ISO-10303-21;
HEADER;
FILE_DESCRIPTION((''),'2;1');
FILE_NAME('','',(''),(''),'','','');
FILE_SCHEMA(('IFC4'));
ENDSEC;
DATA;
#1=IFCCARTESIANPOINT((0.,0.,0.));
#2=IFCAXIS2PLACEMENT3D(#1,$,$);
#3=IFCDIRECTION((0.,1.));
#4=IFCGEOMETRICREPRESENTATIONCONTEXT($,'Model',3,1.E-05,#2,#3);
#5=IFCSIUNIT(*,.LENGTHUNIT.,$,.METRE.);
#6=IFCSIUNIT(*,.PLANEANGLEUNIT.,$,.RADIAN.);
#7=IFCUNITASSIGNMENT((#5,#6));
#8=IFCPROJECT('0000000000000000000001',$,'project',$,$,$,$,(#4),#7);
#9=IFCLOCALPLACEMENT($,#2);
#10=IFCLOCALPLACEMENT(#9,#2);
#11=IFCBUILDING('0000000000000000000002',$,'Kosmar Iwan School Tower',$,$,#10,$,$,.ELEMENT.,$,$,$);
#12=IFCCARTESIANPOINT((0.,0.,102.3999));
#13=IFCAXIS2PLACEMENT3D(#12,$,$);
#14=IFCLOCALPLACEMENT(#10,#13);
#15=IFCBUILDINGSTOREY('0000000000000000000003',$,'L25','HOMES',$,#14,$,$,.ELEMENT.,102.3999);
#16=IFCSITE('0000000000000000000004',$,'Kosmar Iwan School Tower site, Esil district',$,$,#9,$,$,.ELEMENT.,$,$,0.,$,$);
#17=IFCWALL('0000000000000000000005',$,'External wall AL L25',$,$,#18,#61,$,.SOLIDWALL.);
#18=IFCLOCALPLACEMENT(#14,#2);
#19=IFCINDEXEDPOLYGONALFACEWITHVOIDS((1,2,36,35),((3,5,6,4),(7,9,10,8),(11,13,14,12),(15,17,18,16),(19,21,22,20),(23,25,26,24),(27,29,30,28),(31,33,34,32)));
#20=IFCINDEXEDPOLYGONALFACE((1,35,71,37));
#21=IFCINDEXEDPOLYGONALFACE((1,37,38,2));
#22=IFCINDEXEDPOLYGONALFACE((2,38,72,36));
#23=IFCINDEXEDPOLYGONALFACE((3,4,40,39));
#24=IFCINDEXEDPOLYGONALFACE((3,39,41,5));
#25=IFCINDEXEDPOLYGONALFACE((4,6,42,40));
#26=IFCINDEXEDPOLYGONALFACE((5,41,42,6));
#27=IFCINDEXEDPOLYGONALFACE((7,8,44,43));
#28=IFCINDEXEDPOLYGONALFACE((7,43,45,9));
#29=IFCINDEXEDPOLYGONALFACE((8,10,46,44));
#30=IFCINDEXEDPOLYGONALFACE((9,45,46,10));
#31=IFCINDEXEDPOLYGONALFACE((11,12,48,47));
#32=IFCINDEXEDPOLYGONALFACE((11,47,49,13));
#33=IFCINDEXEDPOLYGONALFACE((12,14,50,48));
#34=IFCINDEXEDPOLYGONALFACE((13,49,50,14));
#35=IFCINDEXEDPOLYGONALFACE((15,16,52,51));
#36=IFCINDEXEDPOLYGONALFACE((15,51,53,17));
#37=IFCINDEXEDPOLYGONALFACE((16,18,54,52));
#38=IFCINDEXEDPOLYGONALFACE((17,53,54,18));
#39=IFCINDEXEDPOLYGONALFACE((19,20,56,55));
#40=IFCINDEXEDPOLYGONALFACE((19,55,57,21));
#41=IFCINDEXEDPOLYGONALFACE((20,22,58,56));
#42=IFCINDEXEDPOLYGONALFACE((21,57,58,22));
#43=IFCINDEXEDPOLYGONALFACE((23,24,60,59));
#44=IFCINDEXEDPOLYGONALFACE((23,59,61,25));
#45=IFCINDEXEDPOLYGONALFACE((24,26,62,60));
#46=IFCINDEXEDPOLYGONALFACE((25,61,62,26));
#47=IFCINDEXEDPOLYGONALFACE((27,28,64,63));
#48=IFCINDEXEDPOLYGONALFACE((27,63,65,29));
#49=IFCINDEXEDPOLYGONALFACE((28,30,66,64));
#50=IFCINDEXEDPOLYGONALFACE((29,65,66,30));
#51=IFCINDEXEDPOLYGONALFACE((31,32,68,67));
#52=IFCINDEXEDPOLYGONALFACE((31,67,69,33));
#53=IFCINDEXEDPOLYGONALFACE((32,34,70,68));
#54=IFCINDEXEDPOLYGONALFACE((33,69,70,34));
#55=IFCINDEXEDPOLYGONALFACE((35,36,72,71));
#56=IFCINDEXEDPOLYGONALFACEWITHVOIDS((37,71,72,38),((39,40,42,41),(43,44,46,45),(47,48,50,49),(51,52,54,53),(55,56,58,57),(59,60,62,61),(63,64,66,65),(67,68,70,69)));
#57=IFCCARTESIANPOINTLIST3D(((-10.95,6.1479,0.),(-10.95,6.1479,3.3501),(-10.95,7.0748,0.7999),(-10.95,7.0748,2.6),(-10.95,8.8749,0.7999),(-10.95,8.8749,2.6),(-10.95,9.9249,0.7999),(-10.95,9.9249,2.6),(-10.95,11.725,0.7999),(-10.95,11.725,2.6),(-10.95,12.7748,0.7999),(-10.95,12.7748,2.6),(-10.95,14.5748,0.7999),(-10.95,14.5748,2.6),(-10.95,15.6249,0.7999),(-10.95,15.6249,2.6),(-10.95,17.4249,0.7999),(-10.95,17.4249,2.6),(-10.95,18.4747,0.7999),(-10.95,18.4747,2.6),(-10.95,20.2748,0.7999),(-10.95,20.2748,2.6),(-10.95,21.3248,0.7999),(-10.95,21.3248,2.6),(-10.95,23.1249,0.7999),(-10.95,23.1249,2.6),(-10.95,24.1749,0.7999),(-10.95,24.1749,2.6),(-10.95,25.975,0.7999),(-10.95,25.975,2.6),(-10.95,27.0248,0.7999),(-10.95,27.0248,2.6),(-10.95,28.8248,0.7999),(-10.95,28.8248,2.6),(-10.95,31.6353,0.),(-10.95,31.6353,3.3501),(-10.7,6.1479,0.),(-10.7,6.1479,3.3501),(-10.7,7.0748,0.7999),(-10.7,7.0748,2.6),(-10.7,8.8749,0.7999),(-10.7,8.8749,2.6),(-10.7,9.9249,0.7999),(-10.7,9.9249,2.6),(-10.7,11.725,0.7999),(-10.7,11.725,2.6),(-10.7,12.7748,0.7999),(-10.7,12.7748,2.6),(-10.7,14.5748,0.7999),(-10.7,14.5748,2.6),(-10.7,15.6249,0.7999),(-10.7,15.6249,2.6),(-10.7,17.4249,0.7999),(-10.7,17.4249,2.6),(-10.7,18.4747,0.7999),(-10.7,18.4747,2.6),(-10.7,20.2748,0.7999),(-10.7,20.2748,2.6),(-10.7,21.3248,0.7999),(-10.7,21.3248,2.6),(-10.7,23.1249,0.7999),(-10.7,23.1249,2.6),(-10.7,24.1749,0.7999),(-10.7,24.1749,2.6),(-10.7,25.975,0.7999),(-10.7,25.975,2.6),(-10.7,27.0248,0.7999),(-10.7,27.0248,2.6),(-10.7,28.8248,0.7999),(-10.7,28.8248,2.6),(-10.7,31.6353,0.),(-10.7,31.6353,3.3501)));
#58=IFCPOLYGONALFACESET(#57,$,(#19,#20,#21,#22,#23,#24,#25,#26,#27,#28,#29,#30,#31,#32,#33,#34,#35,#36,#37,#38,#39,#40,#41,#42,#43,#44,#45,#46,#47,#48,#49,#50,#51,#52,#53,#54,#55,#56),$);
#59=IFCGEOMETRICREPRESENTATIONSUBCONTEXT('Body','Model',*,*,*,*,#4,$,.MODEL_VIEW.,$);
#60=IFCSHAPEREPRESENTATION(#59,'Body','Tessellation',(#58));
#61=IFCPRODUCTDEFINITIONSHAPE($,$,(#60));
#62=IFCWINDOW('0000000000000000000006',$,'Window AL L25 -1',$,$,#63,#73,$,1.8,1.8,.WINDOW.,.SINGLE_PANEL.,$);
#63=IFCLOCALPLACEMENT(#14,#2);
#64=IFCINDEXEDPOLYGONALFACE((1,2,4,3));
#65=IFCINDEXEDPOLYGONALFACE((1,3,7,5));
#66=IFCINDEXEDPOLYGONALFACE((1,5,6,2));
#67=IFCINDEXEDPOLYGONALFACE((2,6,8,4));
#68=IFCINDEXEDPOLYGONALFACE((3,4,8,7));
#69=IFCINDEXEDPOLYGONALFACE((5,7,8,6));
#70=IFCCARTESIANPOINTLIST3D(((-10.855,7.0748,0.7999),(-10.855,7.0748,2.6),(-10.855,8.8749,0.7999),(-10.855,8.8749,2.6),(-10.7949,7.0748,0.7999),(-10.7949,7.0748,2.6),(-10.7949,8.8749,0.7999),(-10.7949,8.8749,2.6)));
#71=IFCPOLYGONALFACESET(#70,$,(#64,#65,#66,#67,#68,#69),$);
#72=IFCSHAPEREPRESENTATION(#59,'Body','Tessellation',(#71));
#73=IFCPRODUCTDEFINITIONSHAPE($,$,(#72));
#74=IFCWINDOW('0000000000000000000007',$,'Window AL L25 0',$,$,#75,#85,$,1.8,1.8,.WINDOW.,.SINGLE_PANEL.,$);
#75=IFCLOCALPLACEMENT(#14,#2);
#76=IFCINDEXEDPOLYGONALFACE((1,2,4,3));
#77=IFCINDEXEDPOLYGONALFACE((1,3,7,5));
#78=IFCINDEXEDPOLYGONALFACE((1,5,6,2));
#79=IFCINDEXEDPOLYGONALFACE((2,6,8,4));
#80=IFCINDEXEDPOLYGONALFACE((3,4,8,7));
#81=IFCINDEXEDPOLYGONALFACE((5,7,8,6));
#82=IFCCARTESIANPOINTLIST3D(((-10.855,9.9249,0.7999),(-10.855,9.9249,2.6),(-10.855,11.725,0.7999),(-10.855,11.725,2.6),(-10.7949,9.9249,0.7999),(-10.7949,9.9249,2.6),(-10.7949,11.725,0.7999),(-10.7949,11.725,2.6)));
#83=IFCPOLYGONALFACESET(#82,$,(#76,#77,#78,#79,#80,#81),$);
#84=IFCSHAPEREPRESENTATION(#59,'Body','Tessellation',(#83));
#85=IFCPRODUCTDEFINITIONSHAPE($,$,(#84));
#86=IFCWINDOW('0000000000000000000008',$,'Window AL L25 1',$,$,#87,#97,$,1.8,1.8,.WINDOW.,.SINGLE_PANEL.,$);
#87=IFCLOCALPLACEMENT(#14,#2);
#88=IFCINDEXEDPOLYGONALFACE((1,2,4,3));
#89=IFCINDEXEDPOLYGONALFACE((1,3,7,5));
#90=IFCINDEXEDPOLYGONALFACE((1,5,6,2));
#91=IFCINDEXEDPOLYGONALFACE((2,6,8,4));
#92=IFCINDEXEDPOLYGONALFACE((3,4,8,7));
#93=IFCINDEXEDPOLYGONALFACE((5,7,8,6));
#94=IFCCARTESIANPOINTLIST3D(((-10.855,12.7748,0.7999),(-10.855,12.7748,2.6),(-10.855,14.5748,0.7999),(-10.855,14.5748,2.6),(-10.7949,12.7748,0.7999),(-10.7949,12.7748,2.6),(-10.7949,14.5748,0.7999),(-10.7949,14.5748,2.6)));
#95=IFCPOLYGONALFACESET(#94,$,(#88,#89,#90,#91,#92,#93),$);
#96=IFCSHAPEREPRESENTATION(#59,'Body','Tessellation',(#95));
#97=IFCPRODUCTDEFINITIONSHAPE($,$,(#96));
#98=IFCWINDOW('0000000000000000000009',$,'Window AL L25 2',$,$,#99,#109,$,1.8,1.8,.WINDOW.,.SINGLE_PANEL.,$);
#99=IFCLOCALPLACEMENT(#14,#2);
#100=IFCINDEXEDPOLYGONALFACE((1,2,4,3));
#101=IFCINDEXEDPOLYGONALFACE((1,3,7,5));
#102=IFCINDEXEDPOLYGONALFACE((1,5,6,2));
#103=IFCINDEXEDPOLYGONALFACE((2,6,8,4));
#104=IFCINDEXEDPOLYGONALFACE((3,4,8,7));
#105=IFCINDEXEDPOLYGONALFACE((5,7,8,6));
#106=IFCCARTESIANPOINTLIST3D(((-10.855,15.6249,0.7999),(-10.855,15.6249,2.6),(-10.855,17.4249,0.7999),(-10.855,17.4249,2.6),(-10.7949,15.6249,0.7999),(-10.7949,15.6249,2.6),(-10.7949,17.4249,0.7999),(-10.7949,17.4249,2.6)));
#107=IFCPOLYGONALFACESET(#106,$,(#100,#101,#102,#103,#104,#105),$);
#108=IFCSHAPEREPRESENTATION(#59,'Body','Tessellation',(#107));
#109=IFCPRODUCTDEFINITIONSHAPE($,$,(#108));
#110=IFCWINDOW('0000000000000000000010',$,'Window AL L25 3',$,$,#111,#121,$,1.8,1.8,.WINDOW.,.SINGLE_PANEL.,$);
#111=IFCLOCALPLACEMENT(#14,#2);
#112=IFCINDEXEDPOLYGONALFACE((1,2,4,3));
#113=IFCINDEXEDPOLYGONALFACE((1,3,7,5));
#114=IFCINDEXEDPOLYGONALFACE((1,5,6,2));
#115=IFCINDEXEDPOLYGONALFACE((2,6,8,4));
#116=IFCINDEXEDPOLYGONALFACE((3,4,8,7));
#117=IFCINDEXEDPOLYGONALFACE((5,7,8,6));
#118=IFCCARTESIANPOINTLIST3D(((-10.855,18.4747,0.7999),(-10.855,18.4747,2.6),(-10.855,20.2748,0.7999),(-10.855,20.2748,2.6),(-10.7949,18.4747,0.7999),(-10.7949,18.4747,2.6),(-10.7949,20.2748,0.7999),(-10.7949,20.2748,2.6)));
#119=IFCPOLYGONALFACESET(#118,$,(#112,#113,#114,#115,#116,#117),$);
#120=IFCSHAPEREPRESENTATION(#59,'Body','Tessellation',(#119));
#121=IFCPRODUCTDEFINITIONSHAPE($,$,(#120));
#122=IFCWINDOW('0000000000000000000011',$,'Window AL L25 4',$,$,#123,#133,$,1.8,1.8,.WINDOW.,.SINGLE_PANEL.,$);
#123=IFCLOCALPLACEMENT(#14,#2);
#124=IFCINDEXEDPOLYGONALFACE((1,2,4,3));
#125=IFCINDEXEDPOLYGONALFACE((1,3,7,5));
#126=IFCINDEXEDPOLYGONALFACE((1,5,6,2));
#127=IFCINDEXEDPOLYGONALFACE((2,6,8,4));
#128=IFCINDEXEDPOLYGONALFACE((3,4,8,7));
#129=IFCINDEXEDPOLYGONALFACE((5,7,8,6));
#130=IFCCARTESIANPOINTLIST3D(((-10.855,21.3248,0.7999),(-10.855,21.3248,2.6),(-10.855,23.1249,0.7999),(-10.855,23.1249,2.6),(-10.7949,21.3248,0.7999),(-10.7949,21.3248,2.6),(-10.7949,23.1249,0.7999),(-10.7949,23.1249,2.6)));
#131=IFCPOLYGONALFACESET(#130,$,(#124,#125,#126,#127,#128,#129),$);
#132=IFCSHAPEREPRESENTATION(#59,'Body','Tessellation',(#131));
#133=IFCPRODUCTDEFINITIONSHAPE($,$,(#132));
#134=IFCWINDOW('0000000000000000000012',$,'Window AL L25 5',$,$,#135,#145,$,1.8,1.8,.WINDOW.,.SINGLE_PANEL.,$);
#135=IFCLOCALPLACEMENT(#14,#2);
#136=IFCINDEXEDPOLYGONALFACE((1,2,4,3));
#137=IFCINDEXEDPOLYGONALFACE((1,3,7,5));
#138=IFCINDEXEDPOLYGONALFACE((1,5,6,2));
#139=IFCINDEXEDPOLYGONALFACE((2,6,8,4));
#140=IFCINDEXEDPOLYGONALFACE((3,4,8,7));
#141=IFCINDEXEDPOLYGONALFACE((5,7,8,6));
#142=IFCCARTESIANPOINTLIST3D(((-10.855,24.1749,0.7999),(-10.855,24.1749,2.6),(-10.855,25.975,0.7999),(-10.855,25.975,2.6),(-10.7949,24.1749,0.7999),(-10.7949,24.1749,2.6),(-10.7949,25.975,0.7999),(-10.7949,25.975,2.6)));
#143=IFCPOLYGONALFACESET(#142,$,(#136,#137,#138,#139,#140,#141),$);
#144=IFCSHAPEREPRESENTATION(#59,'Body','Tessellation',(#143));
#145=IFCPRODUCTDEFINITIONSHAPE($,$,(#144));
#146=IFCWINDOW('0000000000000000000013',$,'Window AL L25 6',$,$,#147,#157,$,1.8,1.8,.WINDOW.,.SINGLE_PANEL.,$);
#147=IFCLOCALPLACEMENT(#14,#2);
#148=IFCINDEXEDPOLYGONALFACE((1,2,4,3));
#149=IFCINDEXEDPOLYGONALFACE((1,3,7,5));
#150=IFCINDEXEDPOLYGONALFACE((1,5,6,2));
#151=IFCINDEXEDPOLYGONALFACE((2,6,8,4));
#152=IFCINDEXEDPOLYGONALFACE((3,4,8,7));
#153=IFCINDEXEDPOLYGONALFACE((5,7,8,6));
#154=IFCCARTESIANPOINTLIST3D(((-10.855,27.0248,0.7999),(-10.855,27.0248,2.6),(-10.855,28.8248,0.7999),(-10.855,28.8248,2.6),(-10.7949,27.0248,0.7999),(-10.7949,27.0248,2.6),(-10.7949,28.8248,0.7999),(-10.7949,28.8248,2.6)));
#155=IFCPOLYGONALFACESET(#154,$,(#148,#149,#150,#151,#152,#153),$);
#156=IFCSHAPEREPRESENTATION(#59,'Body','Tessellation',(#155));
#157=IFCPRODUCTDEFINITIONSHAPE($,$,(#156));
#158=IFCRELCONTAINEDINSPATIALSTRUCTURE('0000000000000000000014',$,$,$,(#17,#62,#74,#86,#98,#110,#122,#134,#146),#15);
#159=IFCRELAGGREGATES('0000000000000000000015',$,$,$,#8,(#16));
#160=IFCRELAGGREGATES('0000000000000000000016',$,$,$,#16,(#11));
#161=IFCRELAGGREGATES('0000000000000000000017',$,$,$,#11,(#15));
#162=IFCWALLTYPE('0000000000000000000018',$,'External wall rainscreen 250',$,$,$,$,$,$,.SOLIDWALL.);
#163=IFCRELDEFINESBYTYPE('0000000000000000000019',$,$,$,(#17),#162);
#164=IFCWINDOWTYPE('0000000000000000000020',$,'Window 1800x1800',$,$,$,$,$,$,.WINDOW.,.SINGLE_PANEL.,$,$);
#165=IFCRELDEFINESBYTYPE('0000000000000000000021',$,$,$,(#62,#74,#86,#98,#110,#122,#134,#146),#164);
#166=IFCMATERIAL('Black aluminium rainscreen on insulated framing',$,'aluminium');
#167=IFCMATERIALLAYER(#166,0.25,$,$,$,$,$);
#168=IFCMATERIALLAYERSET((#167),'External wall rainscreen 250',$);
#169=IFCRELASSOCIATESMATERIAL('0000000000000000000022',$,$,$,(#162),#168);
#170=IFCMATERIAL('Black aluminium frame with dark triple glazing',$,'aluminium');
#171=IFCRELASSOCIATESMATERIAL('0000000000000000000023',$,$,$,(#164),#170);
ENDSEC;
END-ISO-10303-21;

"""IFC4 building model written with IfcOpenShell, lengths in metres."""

from ifc_helpers import new_model, si_unit, direction, frame, frame_2d, origin, place, context, subcontext, project, spatial, rectangle, extrude, material, layer, layer_set, type_object, element, fill, save


model = new_model("IFC4")

# Units and contexts
model_context = context("Model", 3, precision=1e-05, world=origin(), true_north=direction((0.0, 1.0)))
body_context = subcontext(model_context, "Body", "Model", "MODEL_VIEW")
ifc_project = project(units=[si_unit("LENGTHUNIT", "METRE"), si_unit("PLANEANGLEUNIT", "RADIAN")], contexts=[model_context])

# Site, building, storey
site_placement = place(None, origin())
site = spatial("IfcSite", under=ifc_project, at=site_placement, Name="Kosmar Iwan School Tower site, Esil district", CompositionType="ELEMENT", RefElevation=0.0)
building_placement = place(site_placement, origin())
building = spatial("IfcBuilding", under=site, at=building_placement, Name="Kosmar Iwan School Tower", CompositionType="ELEMENT")
storey_placement = place(building_placement, frame((0.0, 0.0, 102.3999)))
storey = spatial("IfcBuildingStorey", under=building, at=storey_placement, Name="L25", Description="HOMES", CompositionType="ELEMENT", Elevation=102.3999)

# Wall, openings, windows
ifc_material_1 = material(Name="Black aluminium rainscreen on insulated framing", Category="aluminium")
ifc_layer = layer(ifc_material_1, 0.25)
ifc_layer_set = layer_set([ifc_layer], Name="External wall rainscreen 250")
wall_type = type_object("IfcWallType", Name="External wall rainscreen 250", PredefinedType="SOLIDWALL", material=ifc_layer_set)
wall_1_placement = place(storey_placement, frame((-10.825, 6.1479, 0.0), z_axis=(0.0, 0.0, 1.0), x_axis=(0.0, 1.0, 0.0)))
wall_1 = element("IfcWall", 1, at=wall_1_placement, inside=storey, type_object=wall_type, Name="External wall AL L25", PredefinedType="SOLIDWALL", context=body_context, shape_type="SweptSolid", body=[
    extrude(rectangle(XDim=25.4873, YDim=0.25, at=frame_2d((12.7437, 0.0))), origin(), (0.0, 0.0, 1.0), 3.3501),
])
opening_1_placement = place(wall_1_placement, frame((0.927, 0.0, 0.8)))
opening_1 = element("IfcOpeningElement", 2, at=opening_1_placement, cuts=wall_1, PredefinedType="OPENING", context=body_context, shape_type="SweptSolid", body=[
    extrude(rectangle(XDim=1.8, YDim=1.8, at=frame_2d((0.8999, 0.8999))), frame((0.0, 0.137, 0.0), z_axis=(0.0, -1.0, 0.0), x_axis=(1.0, 0.0, 0.0)), (0.0, 0.0, 1.0), 0.2739),
])
opening_2_placement = place(wall_1_placement, frame((3.7771, 0.0, 0.8)))
opening_2 = element("IfcOpeningElement", 3, at=opening_2_placement, cuts=wall_1, PredefinedType="OPENING", context=body_context, shape_type="SweptSolid", body=[
    extrude(rectangle(XDim=1.8, YDim=1.8, at=frame_2d((0.8999, 0.8999))), frame((0.0, 0.137, 0.0), z_axis=(0.0, -1.0, 0.0), x_axis=(1.0, 0.0, 0.0)), (0.0, 0.0, 1.0), 0.2739),
])
opening_3_placement = place(wall_1_placement, frame((6.627, 0.0, 0.8)))
opening_3 = element("IfcOpeningElement", 4, at=opening_3_placement, cuts=wall_1, PredefinedType="OPENING", context=body_context, shape_type="SweptSolid", body=[
    extrude(rectangle(XDim=1.8, YDim=1.8, at=frame_2d((0.8999, 0.8999))), frame((0.0, 0.137, 0.0), z_axis=(0.0, -1.0, 0.0), x_axis=(1.0, 0.0, 0.0)), (0.0, 0.0, 1.0), 0.2739),
])
opening_4_placement = place(wall_1_placement, frame((9.4771, 0.0, 0.8)))
opening_4 = element("IfcOpeningElement", 5, at=opening_4_placement, cuts=wall_1, PredefinedType="OPENING", context=body_context, shape_type="SweptSolid", body=[
    extrude(rectangle(XDim=1.8, YDim=1.8, at=frame_2d((0.8999, 0.8999))), frame((0.0, 0.137, 0.0), z_axis=(0.0, -1.0, 0.0), x_axis=(1.0, 0.0, 0.0)), (0.0, 0.0, 1.0), 0.2739),
])
opening_5_placement = place(wall_1_placement, frame((12.3269, 0.0, 0.8)))
opening_5 = element("IfcOpeningElement", 6, at=opening_5_placement, cuts=wall_1, PredefinedType="OPENING", context=body_context, shape_type="SweptSolid", body=[
    extrude(rectangle(XDim=1.8, YDim=1.8, at=frame_2d((0.8999, 0.8999))), frame((0.0, 0.137, 0.0), z_axis=(0.0, -1.0, 0.0), x_axis=(1.0, 0.0, 0.0)), (0.0, 0.0, 1.0), 0.2739),
])
opening_6_placement = place(wall_1_placement, frame((15.177, 0.0, 0.8)))
opening_6 = element("IfcOpeningElement", 7, at=opening_6_placement, cuts=wall_1, PredefinedType="OPENING", context=body_context, shape_type="SweptSolid", body=[
    extrude(rectangle(XDim=1.8, YDim=1.8, at=frame_2d((0.8999, 0.8999))), frame((0.0, 0.137, 0.0), z_axis=(0.0, -1.0, 0.0), x_axis=(1.0, 0.0, 0.0)), (0.0, 0.0, 1.0), 0.2739),
])
opening_7_placement = place(wall_1_placement, frame((18.0271, 0.0, 0.8)))
opening_7 = element("IfcOpeningElement", 8, at=opening_7_placement, cuts=wall_1, PredefinedType="OPENING", context=body_context, shape_type="SweptSolid", body=[
    extrude(rectangle(XDim=1.8, YDim=1.8, at=frame_2d((0.8999, 0.8999))), frame((0.0, 0.137, 0.0), z_axis=(0.0, -1.0, 0.0), x_axis=(1.0, 0.0, 0.0)), (0.0, 0.0, 1.0), 0.2739),
])
opening_8_placement = place(wall_1_placement, frame((20.877, 0.0, 0.8)))
opening_8 = element("IfcOpeningElement", 9, at=opening_8_placement, cuts=wall_1, PredefinedType="OPENING", context=body_context, shape_type="SweptSolid", body=[
    extrude(rectangle(XDim=1.8, YDim=1.8, at=frame_2d((0.8999, 0.8999))), frame((0.0, 0.137, 0.0), z_axis=(0.0, -1.0, 0.0), x_axis=(1.0, 0.0, 0.0)), (0.0, 0.0, 1.0), 0.2739),
])
ifc_material_2 = material(Name="Black aluminium frame with dark triple glazing", Category="aluminium")
window_type = type_object("IfcWindowType", Name="Window 1800x1800", PartitioningType="SINGLE_PANEL", PredefinedType="WINDOW", material=ifc_material_2)
window_1_placement = place(opening_1_placement, origin())
window_1 = element("IfcWindow", 10, at=window_1_placement, inside=storey, type_object=window_type, Name="Window AL L25 -1", OverallHeight=1.8, OverallWidth=1.8, PartitioningType="SINGLE_PANEL", PredefinedType="WINDOW", context=body_context, shape_type="SweptSolid", body=[
    extrude(rectangle(XDim=1.8, YDim=1.8, at=frame_2d((0.8999, 0.8999))), frame((0.0, 0.03, 0.0), z_axis=(0.0, -1.0, 0.0), x_axis=(1.0, 0.0, 0.0)), (0.0, 0.0, 1.0), 0.0601),
])
fill(opening_1, window_1)
window_2_placement = place(opening_2_placement, origin())
window_2 = element("IfcWindow", 11, at=window_2_placement, inside=storey, type_object=window_type, Name="Window AL L25 0", OverallHeight=1.8, OverallWidth=1.8, PartitioningType="SINGLE_PANEL", PredefinedType="WINDOW", context=body_context, shape_type="SweptSolid", body=[
    extrude(rectangle(XDim=1.8, YDim=1.8, at=frame_2d((0.8999, 0.8999))), frame((0.0, 0.03, 0.0), z_axis=(0.0, -1.0, 0.0), x_axis=(1.0, 0.0, 0.0)), (0.0, 0.0, 1.0), 0.0601),
])
fill(opening_2, window_2)
window_3_placement = place(opening_3_placement, origin())
window_3 = element("IfcWindow", 12, at=window_3_placement, inside=storey, type_object=window_type, Name="Window AL L25 1", OverallHeight=1.8, OverallWidth=1.8, PartitioningType="SINGLE_PANEL", PredefinedType="WINDOW", context=body_context, shape_type="SweptSolid", body=[
    extrude(rectangle(XDim=1.8, YDim=1.8, at=frame_2d((0.8999, 0.8999))), frame((0.0, 0.03, 0.0), z_axis=(0.0, -1.0, 0.0), x_axis=(1.0, 0.0, 0.0)), (0.0, 0.0, 1.0), 0.0601),
])
fill(opening_3, window_3)
window_4_placement = place(opening_4_placement, origin())
window_4 = element("IfcWindow", 13, at=window_4_placement, inside=storey, type_object=window_type, Name="Window AL L25 2", OverallHeight=1.8, OverallWidth=1.8, PartitioningType="SINGLE_PANEL", PredefinedType="WINDOW", context=body_context, shape_type="SweptSolid", body=[
    extrude(rectangle(XDim=1.8, YDim=1.8, at=frame_2d((0.8999, 0.8999))), frame((0.0, 0.03, 0.0), z_axis=(0.0, -1.0, 0.0), x_axis=(1.0, 0.0, 0.0)), (0.0, 0.0, 1.0), 0.0601),
])
fill(opening_4, window_4)
window_5_placement = place(opening_5_placement, origin())
window_5 = element("IfcWindow", 14, at=window_5_placement, inside=storey, type_object=window_type, Name="Window AL L25 3", OverallHeight=1.8, OverallWidth=1.8, PartitioningType="SINGLE_PANEL", PredefinedType="WINDOW", context=body_context, shape_type="SweptSolid", body=[
    extrude(rectangle(XDim=1.8, YDim=1.8, at=frame_2d((0.8999, 0.8999))), frame((0.0, 0.03, 0.0), z_axis=(0.0, -1.0, 0.0), x_axis=(1.0, 0.0, 0.0)), (0.0, 0.0, 1.0), 0.0601),
])
fill(opening_5, window_5)
window_6_placement = place(opening_6_placement, origin())
window_6 = element("IfcWindow", 15, at=window_6_placement, inside=storey, type_object=window_type, Name="Window AL L25 4", OverallHeight=1.8, OverallWidth=1.8, PartitioningType="SINGLE_PANEL", PredefinedType="WINDOW", context=body_context, shape_type="SweptSolid", body=[
    extrude(rectangle(XDim=1.8, YDim=1.8, at=frame_2d((0.8999, 0.8999))), frame((0.0, 0.03, 0.0), z_axis=(0.0, -1.0, 0.0), x_axis=(1.0, 0.0, 0.0)), (0.0, 0.0, 1.0), 0.0601),
])
fill(opening_6, window_6)
window_7_placement = place(opening_7_placement, origin())
window_7 = element("IfcWindow", 16, at=window_7_placement, inside=storey, type_object=window_type, Name="Window AL L25 5", OverallHeight=1.8, OverallWidth=1.8, PartitioningType="SINGLE_PANEL", PredefinedType="WINDOW", context=body_context, shape_type="SweptSolid", body=[
    extrude(rectangle(XDim=1.8, YDim=1.8, at=frame_2d((0.8999, 0.8999))), frame((0.0, 0.03, 0.0), z_axis=(0.0, -1.0, 0.0), x_axis=(1.0, 0.0, 0.0)), (0.0, 0.0, 1.0), 0.0601),
])
fill(opening_7, window_7)
window_8_placement = place(opening_8_placement, origin())
window_8 = element("IfcWindow", 17, at=window_8_placement, inside=storey, type_object=window_type, Name="Window AL L25 6", OverallHeight=1.8, OverallWidth=1.8, PartitioningType="SINGLE_PANEL", PredefinedType="WINDOW", context=body_context, shape_type="SweptSolid", body=[
    extrude(rectangle(XDim=1.8, YDim=1.8, at=frame_2d((0.8999, 0.8999))), frame((0.0, 0.03, 0.0), z_axis=(0.0, -1.0, 0.0), x_axis=(1.0, 0.0, 0.0)), (0.0, 0.0, 1.0), 0.0601),
])
fill(opening_8, window_8)

save(model, "model.ifc")
